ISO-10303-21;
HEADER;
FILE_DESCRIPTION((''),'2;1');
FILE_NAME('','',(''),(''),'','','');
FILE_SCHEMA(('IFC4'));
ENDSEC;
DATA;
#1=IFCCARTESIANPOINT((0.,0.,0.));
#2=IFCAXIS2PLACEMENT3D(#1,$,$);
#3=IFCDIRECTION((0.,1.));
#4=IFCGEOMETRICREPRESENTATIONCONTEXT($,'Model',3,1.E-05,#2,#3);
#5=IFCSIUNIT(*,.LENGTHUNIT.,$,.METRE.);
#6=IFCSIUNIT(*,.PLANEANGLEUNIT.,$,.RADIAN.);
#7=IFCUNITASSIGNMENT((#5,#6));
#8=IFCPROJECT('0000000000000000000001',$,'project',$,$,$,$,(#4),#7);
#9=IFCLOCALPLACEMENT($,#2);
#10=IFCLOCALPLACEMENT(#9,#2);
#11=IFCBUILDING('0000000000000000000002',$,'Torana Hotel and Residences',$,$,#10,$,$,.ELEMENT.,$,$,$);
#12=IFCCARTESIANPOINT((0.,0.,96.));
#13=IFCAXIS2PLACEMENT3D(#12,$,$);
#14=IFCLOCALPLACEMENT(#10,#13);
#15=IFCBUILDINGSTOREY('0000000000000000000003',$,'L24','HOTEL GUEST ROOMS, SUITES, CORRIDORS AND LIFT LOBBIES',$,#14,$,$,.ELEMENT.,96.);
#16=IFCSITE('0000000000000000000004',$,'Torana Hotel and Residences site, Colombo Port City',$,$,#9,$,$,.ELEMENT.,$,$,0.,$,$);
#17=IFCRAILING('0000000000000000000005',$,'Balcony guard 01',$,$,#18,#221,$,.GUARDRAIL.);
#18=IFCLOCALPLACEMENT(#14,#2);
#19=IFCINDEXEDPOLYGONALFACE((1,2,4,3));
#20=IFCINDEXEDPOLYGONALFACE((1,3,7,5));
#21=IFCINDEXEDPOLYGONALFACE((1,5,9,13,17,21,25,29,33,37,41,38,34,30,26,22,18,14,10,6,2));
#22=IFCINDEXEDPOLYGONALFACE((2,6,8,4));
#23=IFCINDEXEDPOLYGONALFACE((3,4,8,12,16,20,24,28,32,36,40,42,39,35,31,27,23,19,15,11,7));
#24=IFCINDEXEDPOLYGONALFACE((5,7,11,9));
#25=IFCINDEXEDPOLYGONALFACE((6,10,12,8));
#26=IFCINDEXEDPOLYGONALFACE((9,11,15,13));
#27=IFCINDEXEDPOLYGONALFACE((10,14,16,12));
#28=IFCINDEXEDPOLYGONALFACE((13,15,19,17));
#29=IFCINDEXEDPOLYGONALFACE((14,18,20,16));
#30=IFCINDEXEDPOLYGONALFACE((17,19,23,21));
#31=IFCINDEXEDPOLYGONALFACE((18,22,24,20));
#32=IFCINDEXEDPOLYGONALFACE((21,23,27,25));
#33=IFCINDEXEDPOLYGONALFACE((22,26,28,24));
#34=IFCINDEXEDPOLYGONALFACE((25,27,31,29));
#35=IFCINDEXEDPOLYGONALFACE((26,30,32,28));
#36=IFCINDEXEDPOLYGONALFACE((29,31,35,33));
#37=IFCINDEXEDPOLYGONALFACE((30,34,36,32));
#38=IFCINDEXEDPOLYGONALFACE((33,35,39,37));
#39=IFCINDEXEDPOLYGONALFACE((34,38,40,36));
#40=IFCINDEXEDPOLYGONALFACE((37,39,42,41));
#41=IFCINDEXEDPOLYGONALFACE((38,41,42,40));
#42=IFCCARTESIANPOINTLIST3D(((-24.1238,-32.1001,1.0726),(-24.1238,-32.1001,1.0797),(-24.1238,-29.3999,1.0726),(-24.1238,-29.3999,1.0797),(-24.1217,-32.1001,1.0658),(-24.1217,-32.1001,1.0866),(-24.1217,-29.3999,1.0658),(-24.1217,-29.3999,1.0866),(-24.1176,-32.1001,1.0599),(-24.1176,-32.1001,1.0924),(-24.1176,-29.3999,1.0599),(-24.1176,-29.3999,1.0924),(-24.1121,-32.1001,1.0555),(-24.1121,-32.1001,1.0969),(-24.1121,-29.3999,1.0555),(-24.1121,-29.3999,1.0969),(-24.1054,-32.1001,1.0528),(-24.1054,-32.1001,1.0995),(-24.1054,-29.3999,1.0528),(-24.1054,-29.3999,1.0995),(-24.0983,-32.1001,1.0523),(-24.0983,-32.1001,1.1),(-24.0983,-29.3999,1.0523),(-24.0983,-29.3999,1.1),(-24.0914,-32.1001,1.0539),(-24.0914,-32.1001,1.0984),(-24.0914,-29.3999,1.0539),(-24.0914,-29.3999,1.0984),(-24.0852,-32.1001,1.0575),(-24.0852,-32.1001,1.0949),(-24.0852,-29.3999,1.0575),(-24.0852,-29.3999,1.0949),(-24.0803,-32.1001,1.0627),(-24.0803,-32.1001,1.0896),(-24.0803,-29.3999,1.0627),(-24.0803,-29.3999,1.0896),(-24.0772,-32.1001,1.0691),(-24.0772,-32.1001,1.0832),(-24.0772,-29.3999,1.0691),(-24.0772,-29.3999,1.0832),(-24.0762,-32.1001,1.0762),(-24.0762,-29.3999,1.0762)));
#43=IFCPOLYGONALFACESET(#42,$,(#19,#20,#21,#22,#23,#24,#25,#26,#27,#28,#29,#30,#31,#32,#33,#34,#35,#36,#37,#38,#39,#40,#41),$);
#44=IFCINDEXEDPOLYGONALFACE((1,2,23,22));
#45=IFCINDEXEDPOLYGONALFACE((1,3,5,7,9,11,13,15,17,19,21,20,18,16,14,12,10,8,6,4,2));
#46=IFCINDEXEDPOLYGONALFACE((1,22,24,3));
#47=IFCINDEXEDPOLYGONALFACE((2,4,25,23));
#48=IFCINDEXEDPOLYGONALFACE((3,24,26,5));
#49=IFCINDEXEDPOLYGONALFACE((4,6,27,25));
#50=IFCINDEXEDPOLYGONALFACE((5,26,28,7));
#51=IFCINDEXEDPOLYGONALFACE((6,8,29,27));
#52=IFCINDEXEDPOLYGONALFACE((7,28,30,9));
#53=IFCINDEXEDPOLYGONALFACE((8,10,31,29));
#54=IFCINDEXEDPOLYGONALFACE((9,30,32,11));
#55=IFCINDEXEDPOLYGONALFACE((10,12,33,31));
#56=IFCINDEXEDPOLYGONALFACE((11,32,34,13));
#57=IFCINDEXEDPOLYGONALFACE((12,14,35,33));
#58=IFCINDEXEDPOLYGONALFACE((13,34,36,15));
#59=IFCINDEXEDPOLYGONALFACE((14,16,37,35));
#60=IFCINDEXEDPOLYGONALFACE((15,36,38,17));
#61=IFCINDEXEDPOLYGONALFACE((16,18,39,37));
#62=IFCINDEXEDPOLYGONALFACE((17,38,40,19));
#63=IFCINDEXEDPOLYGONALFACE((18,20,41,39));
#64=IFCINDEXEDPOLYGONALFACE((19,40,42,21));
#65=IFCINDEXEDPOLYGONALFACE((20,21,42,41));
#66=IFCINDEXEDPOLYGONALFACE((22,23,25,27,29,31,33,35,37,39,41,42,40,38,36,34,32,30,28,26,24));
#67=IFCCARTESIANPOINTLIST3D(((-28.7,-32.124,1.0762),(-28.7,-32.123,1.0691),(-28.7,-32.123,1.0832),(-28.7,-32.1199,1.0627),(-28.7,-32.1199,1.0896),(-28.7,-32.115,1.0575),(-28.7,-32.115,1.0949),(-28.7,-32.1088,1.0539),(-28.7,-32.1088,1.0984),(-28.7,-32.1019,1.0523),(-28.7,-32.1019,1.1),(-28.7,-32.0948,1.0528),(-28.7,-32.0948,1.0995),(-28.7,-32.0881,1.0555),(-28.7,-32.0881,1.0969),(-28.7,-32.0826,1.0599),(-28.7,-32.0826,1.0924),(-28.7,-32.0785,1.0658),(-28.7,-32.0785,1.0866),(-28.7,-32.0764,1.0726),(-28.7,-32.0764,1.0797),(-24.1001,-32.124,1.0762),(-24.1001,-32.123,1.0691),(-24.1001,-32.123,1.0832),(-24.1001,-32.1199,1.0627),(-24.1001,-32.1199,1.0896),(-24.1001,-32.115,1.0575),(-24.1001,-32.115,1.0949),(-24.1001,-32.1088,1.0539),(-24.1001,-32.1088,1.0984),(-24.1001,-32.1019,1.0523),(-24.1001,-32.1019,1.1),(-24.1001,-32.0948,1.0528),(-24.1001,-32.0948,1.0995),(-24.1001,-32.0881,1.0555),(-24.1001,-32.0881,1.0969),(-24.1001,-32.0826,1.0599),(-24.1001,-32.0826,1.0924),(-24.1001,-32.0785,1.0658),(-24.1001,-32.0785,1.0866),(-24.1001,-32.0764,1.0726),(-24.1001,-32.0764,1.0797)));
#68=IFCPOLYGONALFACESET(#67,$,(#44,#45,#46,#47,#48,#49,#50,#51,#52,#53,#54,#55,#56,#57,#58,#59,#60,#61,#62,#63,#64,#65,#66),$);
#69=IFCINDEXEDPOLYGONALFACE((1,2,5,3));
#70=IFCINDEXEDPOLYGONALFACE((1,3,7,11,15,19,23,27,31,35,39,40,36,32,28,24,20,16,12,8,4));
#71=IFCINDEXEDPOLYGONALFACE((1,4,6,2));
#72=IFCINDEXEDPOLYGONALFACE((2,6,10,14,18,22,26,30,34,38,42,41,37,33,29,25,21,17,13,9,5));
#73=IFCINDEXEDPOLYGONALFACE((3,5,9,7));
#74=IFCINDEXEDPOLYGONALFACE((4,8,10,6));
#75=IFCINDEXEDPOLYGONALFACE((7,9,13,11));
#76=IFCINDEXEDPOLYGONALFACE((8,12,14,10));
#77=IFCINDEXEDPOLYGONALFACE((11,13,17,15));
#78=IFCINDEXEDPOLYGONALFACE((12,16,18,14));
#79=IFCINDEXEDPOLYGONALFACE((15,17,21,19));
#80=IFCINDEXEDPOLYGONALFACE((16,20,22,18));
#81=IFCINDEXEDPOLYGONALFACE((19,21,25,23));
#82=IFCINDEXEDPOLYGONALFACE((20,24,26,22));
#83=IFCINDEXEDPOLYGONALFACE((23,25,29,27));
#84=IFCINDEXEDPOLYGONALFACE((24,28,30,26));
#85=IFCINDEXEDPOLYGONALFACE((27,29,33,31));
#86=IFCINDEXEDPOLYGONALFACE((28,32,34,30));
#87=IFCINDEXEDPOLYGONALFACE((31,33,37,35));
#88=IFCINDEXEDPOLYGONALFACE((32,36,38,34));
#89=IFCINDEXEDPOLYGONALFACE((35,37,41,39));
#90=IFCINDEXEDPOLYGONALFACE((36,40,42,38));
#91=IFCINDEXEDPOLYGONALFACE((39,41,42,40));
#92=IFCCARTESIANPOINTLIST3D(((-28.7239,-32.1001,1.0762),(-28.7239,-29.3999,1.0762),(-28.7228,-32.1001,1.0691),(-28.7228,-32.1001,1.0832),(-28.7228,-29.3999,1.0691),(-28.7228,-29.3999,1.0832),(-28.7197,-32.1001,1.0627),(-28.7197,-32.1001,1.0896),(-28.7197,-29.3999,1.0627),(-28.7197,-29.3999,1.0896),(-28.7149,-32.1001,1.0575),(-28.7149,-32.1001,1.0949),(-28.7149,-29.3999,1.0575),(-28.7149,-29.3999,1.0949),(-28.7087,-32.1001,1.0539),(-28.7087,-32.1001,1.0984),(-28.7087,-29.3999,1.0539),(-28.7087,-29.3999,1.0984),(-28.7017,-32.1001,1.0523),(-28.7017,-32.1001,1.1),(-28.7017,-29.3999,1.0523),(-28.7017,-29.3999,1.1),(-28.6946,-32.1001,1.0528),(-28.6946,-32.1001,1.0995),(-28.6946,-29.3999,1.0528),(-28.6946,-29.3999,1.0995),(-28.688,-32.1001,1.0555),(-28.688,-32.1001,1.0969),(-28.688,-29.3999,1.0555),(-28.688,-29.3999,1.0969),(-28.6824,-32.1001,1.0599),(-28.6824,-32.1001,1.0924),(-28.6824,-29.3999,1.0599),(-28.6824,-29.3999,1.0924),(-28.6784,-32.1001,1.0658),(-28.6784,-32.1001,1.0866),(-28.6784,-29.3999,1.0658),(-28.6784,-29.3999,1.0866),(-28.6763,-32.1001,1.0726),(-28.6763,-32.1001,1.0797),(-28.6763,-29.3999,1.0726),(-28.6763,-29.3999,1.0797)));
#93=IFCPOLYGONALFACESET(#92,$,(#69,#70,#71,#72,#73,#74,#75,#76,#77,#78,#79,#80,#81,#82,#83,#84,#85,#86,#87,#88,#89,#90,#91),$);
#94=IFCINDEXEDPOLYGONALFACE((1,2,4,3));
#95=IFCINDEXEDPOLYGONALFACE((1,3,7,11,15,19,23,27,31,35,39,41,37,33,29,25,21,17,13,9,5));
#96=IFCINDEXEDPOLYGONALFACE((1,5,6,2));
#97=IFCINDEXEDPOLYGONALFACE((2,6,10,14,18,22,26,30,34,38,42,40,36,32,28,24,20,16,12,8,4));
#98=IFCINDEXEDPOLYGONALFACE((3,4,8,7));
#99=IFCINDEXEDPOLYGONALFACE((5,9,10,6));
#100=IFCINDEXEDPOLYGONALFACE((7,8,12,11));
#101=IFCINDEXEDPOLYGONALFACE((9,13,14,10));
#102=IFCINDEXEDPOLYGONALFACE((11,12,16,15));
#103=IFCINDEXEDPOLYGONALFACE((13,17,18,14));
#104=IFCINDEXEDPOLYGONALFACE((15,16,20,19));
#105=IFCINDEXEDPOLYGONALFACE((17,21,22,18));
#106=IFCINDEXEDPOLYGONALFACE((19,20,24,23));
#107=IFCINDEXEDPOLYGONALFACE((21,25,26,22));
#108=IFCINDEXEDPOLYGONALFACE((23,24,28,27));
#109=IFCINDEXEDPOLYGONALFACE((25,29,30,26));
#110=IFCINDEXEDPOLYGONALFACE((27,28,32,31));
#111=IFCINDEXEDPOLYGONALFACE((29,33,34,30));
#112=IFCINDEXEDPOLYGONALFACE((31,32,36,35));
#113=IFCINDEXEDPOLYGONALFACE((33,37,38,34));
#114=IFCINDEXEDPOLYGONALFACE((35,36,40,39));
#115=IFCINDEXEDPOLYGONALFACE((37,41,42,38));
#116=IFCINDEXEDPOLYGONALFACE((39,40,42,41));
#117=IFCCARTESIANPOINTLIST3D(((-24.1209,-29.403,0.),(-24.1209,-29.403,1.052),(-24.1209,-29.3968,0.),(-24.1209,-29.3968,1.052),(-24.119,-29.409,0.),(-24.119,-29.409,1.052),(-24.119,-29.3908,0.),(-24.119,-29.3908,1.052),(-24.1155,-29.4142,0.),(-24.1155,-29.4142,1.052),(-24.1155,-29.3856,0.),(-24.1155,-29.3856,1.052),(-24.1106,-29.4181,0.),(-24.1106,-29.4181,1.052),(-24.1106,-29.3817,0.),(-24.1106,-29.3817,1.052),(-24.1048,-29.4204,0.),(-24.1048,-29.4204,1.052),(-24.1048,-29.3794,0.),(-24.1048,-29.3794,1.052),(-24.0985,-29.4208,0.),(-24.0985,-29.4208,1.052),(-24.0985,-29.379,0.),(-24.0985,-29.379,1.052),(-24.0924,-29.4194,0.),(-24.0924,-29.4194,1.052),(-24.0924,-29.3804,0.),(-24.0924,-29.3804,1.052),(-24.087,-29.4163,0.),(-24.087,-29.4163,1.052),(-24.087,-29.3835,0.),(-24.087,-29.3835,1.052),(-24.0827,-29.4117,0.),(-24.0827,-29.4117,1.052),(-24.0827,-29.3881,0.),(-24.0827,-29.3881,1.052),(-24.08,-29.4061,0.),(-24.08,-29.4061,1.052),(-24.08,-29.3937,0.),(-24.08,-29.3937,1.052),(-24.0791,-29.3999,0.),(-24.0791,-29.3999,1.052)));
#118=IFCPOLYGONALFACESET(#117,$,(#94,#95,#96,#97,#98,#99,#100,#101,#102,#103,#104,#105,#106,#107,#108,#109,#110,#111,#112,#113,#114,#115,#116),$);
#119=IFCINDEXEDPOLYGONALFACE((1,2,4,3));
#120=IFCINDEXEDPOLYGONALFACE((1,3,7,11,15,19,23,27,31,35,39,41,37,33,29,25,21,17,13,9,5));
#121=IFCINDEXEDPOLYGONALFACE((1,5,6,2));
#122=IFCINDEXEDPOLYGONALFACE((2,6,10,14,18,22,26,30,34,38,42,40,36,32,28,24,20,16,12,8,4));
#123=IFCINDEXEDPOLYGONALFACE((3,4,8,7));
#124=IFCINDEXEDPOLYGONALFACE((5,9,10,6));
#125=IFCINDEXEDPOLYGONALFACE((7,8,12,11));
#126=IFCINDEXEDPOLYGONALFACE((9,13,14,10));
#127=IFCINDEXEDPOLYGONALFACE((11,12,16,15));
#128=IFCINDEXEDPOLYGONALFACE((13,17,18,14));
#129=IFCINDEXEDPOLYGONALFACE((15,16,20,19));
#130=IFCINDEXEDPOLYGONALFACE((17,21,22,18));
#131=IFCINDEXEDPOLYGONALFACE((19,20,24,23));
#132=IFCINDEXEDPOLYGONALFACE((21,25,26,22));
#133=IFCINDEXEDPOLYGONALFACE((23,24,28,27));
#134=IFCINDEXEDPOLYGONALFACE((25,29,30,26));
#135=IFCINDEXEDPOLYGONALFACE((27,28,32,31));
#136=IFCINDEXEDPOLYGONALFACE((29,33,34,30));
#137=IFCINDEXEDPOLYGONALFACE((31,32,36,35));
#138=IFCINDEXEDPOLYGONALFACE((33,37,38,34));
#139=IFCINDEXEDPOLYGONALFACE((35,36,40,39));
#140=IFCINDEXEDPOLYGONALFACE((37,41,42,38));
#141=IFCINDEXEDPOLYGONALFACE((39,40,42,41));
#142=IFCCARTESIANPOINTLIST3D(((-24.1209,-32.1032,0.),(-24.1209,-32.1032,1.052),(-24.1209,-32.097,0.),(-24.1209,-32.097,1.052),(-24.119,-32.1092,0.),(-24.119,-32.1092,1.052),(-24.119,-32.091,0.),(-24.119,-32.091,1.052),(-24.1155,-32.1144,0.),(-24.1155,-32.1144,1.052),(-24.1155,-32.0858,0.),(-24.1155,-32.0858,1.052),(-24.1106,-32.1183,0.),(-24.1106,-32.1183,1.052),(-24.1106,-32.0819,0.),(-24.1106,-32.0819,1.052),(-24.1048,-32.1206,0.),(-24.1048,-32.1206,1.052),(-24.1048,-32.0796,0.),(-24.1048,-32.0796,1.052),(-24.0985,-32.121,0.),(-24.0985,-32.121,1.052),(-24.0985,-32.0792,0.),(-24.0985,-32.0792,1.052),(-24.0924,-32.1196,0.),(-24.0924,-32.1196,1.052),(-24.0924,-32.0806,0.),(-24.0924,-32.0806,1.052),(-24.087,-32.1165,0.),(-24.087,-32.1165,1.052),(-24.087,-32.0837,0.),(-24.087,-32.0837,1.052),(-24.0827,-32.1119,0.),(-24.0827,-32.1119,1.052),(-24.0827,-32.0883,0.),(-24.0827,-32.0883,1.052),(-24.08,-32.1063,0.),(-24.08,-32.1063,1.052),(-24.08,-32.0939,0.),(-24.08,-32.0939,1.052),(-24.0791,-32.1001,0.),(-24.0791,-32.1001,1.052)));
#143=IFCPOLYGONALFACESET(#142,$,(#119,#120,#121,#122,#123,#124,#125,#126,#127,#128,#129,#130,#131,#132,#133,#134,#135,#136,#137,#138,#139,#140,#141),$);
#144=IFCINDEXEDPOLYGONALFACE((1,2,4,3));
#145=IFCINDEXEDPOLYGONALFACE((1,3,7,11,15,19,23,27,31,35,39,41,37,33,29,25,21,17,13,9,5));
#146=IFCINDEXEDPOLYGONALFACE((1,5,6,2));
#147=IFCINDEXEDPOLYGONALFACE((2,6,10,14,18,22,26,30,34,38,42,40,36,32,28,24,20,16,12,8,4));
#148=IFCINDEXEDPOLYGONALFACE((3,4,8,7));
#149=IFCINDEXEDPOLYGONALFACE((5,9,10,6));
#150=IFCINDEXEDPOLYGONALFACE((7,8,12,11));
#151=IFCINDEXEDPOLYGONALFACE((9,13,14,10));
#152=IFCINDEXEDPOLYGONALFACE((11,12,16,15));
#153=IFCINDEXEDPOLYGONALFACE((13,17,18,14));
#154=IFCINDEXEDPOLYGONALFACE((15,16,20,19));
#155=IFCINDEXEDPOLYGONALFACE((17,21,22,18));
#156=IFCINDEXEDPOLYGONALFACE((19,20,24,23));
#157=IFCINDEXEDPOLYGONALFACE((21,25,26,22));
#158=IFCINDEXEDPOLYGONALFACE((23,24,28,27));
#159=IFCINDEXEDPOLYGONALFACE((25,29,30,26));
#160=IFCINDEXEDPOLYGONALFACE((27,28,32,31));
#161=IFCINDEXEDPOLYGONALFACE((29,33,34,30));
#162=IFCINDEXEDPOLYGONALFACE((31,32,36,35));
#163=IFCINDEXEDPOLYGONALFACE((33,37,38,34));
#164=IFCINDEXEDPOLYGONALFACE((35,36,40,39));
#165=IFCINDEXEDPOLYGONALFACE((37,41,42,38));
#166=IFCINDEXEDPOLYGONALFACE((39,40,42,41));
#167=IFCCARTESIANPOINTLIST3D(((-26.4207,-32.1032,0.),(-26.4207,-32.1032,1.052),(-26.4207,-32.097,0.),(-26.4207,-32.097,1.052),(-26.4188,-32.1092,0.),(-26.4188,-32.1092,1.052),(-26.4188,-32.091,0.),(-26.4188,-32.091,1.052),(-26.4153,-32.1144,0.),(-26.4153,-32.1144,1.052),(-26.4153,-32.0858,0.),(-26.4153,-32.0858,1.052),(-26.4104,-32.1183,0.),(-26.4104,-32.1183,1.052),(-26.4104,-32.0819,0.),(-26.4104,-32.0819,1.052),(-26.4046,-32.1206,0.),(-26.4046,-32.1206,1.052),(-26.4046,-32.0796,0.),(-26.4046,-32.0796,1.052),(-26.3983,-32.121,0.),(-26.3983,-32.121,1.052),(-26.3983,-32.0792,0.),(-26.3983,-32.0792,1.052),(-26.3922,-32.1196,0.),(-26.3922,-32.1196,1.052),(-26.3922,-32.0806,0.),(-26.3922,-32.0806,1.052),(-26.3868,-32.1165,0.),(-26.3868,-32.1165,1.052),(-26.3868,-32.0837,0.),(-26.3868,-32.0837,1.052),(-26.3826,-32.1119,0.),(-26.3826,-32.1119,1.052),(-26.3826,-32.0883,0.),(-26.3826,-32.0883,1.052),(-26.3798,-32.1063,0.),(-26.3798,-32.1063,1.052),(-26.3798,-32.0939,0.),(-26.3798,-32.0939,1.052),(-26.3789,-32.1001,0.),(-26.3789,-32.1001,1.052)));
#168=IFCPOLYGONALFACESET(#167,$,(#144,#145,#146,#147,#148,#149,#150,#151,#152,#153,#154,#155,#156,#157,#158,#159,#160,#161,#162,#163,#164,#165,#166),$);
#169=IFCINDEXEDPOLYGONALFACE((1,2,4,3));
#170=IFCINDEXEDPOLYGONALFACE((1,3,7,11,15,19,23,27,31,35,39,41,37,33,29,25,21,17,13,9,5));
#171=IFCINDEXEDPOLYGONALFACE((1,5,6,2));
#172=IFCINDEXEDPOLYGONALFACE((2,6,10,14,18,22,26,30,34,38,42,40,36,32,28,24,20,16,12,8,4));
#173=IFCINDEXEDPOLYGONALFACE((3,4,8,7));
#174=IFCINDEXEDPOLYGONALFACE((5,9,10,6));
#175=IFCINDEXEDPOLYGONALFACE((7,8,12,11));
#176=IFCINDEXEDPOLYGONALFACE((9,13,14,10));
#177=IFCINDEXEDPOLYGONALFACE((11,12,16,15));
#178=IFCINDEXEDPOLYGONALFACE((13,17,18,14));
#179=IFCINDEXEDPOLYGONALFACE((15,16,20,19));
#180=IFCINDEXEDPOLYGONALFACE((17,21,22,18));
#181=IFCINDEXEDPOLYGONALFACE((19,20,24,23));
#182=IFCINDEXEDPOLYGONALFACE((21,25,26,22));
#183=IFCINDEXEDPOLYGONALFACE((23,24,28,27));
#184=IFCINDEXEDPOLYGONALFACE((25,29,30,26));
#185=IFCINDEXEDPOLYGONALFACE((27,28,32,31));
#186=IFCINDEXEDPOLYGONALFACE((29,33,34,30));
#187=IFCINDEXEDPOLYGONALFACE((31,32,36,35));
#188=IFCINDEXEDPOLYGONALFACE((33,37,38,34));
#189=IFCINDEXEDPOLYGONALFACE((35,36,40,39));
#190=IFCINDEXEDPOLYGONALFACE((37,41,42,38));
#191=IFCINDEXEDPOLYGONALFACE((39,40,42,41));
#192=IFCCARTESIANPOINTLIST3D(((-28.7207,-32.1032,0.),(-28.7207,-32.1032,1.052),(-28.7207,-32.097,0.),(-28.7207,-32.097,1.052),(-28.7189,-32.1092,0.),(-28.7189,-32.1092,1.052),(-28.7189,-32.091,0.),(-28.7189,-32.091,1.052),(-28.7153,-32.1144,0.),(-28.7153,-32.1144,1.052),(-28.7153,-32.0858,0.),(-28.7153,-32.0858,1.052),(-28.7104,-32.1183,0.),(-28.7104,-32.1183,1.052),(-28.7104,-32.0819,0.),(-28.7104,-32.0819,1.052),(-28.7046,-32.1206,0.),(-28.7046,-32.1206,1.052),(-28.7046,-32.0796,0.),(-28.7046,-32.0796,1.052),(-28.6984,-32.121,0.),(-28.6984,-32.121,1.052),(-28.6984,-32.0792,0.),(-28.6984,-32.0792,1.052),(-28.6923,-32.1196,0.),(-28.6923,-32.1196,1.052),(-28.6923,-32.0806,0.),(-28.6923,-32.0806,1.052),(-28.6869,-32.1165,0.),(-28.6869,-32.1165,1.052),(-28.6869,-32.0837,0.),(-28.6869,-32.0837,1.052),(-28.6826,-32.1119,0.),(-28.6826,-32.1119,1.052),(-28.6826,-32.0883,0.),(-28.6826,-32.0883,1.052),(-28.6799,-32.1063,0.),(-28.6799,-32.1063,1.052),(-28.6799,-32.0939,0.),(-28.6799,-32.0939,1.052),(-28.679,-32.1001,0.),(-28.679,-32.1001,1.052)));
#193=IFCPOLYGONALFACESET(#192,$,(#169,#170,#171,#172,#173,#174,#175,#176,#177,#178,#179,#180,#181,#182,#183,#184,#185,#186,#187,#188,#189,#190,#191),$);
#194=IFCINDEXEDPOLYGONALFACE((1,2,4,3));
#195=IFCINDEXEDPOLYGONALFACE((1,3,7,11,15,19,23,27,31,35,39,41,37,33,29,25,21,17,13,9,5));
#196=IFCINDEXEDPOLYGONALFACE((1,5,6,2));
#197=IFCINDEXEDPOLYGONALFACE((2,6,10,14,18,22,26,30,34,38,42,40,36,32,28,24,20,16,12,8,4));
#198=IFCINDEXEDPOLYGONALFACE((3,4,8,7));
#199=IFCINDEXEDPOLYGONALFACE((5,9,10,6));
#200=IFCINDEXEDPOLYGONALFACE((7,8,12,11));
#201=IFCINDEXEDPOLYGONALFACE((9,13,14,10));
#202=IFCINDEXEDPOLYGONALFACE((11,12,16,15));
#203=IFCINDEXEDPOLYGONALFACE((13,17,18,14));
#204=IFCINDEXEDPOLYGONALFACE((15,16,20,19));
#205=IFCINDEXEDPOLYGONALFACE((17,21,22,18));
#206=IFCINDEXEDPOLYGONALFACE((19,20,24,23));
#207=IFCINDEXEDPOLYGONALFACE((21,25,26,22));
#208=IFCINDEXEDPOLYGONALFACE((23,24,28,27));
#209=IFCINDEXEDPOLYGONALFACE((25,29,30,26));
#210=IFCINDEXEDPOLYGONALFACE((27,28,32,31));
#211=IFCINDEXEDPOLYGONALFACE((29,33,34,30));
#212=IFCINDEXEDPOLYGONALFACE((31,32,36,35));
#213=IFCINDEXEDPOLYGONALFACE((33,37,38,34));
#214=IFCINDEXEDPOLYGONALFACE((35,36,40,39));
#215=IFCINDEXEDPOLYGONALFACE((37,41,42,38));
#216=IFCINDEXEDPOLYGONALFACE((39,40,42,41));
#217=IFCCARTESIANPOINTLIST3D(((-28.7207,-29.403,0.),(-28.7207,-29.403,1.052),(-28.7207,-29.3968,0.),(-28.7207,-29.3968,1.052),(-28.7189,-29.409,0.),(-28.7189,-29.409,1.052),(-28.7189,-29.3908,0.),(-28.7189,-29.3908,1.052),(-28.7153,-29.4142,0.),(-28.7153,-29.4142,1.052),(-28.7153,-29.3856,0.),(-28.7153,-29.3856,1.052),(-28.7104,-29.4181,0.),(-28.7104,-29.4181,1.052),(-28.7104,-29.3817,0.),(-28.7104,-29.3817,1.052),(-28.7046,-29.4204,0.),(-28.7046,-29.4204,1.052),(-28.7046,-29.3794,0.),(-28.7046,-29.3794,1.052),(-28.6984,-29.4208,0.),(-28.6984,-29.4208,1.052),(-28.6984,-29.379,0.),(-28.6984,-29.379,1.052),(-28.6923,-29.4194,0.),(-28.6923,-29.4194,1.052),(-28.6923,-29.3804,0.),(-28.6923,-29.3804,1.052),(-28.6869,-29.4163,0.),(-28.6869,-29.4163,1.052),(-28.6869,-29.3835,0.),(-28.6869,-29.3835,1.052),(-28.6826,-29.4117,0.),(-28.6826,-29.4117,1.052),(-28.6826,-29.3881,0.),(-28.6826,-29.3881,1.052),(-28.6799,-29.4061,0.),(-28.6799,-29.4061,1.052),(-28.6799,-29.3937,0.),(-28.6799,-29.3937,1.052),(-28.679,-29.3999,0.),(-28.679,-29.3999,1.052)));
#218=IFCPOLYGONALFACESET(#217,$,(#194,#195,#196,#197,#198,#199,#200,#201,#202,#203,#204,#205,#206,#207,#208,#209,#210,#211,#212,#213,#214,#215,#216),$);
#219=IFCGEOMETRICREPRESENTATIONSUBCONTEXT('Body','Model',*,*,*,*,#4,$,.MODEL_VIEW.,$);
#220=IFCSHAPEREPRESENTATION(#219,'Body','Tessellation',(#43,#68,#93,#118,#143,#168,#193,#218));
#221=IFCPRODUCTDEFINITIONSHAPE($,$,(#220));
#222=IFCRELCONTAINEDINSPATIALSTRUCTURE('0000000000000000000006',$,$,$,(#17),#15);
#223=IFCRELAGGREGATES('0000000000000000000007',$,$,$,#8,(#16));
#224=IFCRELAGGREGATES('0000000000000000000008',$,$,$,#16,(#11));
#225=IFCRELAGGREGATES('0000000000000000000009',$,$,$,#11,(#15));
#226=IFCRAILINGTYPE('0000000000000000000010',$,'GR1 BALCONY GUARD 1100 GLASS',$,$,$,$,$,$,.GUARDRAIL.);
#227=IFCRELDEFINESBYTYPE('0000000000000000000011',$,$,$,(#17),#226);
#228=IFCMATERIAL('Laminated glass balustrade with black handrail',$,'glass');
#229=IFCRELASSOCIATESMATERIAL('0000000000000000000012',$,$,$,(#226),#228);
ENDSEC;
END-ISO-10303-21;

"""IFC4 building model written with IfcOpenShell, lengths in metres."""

from ifc_helpers import new_model, si_unit, direction, frame, origin, origin_2d, place, context, subcontext, project, spatial, circle, extrude, material, type_object, element, save


model = new_model("IFC4")

# Units and contexts
model_context = context("Model", 3, precision=1e-05, world=origin(), true_north=direction((0.0, 1.0)))
body_context = subcontext(model_context, "Body", "Model", "MODEL_VIEW")
ifc_project = project(units=[si_unit("LENGTHUNIT", "METRE"), si_unit("PLANEANGLEUNIT", "RADIAN")], contexts=[model_context])

# Site, building, storey
site_placement = place(None, origin())
site = spatial("IfcSite", under=ifc_project, at=site_placement, Name="Torana Hotel and Residences site, Colombo Port City", CompositionType="ELEMENT", RefElevation=0.0)
building_placement = place(site_placement, origin())
building = spatial("IfcBuilding", under=site, at=building_placement, Name="Torana Hotel and Residences", CompositionType="ELEMENT")
storey_placement = place(building_placement, frame((0.0, 0.0, 96.0)))
storey = spatial("IfcBuildingStorey", under=building, at=storey_placement, Name="L24", Description="HOTEL GUEST ROOMS, SUITES, CORRIDORS AND LIFT LOBBIES", CompositionType="ELEMENT", Elevation=96.0)

# Railing
ifc_material_1 = material(Name="Laminated glass balustrade with black handrail", Category="glass")
railing_type = type_object("IfcRailingType", Name="GR1 BALCONY GUARD 1100 GLASS", PredefinedType="GUARDRAIL", material=ifc_material_1)
railing_placement = place(storey_placement, frame((-24.1001, -29.3999, 0.0)))
element("IfcRailing", 1, at=railing_placement, inside=storey, type_object=railing_type, Name="Balcony guard 01", PredefinedType="GUARDRAIL", context=body_context, shape_type="SweptSolid", body=[
    extrude(circle(Radius=0.0239, at=origin_2d()), frame((0.0, 0.0, 1.0762), z_axis=(0.0, -1.0, 0.0), x_axis=(1.0, 0.0, 0.0)), (0.0, 0.0, 1.0), 2.7002),
    extrude(circle(Radius=0.0239, at=origin_2d()), frame((0.0, -2.7002, 1.0762), z_axis=(-1.0, 0.0, 0.0), x_axis=(0.0, -1.0, 0.0)), (0.0, 0.0, 1.0), 4.5999),
    extrude(circle(Radius=0.0239, at=origin_2d()), frame((-4.5999, -2.7002, 1.0762), z_axis=(0.0, 1.0, 0.0), x_axis=(-1.0, 0.0, 0.0)), (0.0, 0.0, 1.0), 2.7002),
    extrude(circle(Radius=0.021, at=origin_2d()), origin(), (0.0, 0.0, 1.0), 1.052),
    extrude(circle(Radius=0.021, at=origin_2d()), frame((0.0, -2.7002, 0.0)), (0.0, 0.0, 1.0), 1.052),
    extrude(circle(Radius=0.021, at=origin_2d()), frame((-2.2998, -2.7002, 0.0)), (0.0, 0.0, 1.0), 1.052),
    extrude(circle(Radius=0.021, at=origin_2d()), frame((-4.5999, -2.7002, 0.0)), (0.0, 0.0, 1.0), 1.052),
    extrude(circle(Radius=0.021, at=origin_2d()), frame((-4.5999, 0.0, 0.0)), (0.0, 0.0, 1.0), 1.052),
])

save(model, "model.ifc")
